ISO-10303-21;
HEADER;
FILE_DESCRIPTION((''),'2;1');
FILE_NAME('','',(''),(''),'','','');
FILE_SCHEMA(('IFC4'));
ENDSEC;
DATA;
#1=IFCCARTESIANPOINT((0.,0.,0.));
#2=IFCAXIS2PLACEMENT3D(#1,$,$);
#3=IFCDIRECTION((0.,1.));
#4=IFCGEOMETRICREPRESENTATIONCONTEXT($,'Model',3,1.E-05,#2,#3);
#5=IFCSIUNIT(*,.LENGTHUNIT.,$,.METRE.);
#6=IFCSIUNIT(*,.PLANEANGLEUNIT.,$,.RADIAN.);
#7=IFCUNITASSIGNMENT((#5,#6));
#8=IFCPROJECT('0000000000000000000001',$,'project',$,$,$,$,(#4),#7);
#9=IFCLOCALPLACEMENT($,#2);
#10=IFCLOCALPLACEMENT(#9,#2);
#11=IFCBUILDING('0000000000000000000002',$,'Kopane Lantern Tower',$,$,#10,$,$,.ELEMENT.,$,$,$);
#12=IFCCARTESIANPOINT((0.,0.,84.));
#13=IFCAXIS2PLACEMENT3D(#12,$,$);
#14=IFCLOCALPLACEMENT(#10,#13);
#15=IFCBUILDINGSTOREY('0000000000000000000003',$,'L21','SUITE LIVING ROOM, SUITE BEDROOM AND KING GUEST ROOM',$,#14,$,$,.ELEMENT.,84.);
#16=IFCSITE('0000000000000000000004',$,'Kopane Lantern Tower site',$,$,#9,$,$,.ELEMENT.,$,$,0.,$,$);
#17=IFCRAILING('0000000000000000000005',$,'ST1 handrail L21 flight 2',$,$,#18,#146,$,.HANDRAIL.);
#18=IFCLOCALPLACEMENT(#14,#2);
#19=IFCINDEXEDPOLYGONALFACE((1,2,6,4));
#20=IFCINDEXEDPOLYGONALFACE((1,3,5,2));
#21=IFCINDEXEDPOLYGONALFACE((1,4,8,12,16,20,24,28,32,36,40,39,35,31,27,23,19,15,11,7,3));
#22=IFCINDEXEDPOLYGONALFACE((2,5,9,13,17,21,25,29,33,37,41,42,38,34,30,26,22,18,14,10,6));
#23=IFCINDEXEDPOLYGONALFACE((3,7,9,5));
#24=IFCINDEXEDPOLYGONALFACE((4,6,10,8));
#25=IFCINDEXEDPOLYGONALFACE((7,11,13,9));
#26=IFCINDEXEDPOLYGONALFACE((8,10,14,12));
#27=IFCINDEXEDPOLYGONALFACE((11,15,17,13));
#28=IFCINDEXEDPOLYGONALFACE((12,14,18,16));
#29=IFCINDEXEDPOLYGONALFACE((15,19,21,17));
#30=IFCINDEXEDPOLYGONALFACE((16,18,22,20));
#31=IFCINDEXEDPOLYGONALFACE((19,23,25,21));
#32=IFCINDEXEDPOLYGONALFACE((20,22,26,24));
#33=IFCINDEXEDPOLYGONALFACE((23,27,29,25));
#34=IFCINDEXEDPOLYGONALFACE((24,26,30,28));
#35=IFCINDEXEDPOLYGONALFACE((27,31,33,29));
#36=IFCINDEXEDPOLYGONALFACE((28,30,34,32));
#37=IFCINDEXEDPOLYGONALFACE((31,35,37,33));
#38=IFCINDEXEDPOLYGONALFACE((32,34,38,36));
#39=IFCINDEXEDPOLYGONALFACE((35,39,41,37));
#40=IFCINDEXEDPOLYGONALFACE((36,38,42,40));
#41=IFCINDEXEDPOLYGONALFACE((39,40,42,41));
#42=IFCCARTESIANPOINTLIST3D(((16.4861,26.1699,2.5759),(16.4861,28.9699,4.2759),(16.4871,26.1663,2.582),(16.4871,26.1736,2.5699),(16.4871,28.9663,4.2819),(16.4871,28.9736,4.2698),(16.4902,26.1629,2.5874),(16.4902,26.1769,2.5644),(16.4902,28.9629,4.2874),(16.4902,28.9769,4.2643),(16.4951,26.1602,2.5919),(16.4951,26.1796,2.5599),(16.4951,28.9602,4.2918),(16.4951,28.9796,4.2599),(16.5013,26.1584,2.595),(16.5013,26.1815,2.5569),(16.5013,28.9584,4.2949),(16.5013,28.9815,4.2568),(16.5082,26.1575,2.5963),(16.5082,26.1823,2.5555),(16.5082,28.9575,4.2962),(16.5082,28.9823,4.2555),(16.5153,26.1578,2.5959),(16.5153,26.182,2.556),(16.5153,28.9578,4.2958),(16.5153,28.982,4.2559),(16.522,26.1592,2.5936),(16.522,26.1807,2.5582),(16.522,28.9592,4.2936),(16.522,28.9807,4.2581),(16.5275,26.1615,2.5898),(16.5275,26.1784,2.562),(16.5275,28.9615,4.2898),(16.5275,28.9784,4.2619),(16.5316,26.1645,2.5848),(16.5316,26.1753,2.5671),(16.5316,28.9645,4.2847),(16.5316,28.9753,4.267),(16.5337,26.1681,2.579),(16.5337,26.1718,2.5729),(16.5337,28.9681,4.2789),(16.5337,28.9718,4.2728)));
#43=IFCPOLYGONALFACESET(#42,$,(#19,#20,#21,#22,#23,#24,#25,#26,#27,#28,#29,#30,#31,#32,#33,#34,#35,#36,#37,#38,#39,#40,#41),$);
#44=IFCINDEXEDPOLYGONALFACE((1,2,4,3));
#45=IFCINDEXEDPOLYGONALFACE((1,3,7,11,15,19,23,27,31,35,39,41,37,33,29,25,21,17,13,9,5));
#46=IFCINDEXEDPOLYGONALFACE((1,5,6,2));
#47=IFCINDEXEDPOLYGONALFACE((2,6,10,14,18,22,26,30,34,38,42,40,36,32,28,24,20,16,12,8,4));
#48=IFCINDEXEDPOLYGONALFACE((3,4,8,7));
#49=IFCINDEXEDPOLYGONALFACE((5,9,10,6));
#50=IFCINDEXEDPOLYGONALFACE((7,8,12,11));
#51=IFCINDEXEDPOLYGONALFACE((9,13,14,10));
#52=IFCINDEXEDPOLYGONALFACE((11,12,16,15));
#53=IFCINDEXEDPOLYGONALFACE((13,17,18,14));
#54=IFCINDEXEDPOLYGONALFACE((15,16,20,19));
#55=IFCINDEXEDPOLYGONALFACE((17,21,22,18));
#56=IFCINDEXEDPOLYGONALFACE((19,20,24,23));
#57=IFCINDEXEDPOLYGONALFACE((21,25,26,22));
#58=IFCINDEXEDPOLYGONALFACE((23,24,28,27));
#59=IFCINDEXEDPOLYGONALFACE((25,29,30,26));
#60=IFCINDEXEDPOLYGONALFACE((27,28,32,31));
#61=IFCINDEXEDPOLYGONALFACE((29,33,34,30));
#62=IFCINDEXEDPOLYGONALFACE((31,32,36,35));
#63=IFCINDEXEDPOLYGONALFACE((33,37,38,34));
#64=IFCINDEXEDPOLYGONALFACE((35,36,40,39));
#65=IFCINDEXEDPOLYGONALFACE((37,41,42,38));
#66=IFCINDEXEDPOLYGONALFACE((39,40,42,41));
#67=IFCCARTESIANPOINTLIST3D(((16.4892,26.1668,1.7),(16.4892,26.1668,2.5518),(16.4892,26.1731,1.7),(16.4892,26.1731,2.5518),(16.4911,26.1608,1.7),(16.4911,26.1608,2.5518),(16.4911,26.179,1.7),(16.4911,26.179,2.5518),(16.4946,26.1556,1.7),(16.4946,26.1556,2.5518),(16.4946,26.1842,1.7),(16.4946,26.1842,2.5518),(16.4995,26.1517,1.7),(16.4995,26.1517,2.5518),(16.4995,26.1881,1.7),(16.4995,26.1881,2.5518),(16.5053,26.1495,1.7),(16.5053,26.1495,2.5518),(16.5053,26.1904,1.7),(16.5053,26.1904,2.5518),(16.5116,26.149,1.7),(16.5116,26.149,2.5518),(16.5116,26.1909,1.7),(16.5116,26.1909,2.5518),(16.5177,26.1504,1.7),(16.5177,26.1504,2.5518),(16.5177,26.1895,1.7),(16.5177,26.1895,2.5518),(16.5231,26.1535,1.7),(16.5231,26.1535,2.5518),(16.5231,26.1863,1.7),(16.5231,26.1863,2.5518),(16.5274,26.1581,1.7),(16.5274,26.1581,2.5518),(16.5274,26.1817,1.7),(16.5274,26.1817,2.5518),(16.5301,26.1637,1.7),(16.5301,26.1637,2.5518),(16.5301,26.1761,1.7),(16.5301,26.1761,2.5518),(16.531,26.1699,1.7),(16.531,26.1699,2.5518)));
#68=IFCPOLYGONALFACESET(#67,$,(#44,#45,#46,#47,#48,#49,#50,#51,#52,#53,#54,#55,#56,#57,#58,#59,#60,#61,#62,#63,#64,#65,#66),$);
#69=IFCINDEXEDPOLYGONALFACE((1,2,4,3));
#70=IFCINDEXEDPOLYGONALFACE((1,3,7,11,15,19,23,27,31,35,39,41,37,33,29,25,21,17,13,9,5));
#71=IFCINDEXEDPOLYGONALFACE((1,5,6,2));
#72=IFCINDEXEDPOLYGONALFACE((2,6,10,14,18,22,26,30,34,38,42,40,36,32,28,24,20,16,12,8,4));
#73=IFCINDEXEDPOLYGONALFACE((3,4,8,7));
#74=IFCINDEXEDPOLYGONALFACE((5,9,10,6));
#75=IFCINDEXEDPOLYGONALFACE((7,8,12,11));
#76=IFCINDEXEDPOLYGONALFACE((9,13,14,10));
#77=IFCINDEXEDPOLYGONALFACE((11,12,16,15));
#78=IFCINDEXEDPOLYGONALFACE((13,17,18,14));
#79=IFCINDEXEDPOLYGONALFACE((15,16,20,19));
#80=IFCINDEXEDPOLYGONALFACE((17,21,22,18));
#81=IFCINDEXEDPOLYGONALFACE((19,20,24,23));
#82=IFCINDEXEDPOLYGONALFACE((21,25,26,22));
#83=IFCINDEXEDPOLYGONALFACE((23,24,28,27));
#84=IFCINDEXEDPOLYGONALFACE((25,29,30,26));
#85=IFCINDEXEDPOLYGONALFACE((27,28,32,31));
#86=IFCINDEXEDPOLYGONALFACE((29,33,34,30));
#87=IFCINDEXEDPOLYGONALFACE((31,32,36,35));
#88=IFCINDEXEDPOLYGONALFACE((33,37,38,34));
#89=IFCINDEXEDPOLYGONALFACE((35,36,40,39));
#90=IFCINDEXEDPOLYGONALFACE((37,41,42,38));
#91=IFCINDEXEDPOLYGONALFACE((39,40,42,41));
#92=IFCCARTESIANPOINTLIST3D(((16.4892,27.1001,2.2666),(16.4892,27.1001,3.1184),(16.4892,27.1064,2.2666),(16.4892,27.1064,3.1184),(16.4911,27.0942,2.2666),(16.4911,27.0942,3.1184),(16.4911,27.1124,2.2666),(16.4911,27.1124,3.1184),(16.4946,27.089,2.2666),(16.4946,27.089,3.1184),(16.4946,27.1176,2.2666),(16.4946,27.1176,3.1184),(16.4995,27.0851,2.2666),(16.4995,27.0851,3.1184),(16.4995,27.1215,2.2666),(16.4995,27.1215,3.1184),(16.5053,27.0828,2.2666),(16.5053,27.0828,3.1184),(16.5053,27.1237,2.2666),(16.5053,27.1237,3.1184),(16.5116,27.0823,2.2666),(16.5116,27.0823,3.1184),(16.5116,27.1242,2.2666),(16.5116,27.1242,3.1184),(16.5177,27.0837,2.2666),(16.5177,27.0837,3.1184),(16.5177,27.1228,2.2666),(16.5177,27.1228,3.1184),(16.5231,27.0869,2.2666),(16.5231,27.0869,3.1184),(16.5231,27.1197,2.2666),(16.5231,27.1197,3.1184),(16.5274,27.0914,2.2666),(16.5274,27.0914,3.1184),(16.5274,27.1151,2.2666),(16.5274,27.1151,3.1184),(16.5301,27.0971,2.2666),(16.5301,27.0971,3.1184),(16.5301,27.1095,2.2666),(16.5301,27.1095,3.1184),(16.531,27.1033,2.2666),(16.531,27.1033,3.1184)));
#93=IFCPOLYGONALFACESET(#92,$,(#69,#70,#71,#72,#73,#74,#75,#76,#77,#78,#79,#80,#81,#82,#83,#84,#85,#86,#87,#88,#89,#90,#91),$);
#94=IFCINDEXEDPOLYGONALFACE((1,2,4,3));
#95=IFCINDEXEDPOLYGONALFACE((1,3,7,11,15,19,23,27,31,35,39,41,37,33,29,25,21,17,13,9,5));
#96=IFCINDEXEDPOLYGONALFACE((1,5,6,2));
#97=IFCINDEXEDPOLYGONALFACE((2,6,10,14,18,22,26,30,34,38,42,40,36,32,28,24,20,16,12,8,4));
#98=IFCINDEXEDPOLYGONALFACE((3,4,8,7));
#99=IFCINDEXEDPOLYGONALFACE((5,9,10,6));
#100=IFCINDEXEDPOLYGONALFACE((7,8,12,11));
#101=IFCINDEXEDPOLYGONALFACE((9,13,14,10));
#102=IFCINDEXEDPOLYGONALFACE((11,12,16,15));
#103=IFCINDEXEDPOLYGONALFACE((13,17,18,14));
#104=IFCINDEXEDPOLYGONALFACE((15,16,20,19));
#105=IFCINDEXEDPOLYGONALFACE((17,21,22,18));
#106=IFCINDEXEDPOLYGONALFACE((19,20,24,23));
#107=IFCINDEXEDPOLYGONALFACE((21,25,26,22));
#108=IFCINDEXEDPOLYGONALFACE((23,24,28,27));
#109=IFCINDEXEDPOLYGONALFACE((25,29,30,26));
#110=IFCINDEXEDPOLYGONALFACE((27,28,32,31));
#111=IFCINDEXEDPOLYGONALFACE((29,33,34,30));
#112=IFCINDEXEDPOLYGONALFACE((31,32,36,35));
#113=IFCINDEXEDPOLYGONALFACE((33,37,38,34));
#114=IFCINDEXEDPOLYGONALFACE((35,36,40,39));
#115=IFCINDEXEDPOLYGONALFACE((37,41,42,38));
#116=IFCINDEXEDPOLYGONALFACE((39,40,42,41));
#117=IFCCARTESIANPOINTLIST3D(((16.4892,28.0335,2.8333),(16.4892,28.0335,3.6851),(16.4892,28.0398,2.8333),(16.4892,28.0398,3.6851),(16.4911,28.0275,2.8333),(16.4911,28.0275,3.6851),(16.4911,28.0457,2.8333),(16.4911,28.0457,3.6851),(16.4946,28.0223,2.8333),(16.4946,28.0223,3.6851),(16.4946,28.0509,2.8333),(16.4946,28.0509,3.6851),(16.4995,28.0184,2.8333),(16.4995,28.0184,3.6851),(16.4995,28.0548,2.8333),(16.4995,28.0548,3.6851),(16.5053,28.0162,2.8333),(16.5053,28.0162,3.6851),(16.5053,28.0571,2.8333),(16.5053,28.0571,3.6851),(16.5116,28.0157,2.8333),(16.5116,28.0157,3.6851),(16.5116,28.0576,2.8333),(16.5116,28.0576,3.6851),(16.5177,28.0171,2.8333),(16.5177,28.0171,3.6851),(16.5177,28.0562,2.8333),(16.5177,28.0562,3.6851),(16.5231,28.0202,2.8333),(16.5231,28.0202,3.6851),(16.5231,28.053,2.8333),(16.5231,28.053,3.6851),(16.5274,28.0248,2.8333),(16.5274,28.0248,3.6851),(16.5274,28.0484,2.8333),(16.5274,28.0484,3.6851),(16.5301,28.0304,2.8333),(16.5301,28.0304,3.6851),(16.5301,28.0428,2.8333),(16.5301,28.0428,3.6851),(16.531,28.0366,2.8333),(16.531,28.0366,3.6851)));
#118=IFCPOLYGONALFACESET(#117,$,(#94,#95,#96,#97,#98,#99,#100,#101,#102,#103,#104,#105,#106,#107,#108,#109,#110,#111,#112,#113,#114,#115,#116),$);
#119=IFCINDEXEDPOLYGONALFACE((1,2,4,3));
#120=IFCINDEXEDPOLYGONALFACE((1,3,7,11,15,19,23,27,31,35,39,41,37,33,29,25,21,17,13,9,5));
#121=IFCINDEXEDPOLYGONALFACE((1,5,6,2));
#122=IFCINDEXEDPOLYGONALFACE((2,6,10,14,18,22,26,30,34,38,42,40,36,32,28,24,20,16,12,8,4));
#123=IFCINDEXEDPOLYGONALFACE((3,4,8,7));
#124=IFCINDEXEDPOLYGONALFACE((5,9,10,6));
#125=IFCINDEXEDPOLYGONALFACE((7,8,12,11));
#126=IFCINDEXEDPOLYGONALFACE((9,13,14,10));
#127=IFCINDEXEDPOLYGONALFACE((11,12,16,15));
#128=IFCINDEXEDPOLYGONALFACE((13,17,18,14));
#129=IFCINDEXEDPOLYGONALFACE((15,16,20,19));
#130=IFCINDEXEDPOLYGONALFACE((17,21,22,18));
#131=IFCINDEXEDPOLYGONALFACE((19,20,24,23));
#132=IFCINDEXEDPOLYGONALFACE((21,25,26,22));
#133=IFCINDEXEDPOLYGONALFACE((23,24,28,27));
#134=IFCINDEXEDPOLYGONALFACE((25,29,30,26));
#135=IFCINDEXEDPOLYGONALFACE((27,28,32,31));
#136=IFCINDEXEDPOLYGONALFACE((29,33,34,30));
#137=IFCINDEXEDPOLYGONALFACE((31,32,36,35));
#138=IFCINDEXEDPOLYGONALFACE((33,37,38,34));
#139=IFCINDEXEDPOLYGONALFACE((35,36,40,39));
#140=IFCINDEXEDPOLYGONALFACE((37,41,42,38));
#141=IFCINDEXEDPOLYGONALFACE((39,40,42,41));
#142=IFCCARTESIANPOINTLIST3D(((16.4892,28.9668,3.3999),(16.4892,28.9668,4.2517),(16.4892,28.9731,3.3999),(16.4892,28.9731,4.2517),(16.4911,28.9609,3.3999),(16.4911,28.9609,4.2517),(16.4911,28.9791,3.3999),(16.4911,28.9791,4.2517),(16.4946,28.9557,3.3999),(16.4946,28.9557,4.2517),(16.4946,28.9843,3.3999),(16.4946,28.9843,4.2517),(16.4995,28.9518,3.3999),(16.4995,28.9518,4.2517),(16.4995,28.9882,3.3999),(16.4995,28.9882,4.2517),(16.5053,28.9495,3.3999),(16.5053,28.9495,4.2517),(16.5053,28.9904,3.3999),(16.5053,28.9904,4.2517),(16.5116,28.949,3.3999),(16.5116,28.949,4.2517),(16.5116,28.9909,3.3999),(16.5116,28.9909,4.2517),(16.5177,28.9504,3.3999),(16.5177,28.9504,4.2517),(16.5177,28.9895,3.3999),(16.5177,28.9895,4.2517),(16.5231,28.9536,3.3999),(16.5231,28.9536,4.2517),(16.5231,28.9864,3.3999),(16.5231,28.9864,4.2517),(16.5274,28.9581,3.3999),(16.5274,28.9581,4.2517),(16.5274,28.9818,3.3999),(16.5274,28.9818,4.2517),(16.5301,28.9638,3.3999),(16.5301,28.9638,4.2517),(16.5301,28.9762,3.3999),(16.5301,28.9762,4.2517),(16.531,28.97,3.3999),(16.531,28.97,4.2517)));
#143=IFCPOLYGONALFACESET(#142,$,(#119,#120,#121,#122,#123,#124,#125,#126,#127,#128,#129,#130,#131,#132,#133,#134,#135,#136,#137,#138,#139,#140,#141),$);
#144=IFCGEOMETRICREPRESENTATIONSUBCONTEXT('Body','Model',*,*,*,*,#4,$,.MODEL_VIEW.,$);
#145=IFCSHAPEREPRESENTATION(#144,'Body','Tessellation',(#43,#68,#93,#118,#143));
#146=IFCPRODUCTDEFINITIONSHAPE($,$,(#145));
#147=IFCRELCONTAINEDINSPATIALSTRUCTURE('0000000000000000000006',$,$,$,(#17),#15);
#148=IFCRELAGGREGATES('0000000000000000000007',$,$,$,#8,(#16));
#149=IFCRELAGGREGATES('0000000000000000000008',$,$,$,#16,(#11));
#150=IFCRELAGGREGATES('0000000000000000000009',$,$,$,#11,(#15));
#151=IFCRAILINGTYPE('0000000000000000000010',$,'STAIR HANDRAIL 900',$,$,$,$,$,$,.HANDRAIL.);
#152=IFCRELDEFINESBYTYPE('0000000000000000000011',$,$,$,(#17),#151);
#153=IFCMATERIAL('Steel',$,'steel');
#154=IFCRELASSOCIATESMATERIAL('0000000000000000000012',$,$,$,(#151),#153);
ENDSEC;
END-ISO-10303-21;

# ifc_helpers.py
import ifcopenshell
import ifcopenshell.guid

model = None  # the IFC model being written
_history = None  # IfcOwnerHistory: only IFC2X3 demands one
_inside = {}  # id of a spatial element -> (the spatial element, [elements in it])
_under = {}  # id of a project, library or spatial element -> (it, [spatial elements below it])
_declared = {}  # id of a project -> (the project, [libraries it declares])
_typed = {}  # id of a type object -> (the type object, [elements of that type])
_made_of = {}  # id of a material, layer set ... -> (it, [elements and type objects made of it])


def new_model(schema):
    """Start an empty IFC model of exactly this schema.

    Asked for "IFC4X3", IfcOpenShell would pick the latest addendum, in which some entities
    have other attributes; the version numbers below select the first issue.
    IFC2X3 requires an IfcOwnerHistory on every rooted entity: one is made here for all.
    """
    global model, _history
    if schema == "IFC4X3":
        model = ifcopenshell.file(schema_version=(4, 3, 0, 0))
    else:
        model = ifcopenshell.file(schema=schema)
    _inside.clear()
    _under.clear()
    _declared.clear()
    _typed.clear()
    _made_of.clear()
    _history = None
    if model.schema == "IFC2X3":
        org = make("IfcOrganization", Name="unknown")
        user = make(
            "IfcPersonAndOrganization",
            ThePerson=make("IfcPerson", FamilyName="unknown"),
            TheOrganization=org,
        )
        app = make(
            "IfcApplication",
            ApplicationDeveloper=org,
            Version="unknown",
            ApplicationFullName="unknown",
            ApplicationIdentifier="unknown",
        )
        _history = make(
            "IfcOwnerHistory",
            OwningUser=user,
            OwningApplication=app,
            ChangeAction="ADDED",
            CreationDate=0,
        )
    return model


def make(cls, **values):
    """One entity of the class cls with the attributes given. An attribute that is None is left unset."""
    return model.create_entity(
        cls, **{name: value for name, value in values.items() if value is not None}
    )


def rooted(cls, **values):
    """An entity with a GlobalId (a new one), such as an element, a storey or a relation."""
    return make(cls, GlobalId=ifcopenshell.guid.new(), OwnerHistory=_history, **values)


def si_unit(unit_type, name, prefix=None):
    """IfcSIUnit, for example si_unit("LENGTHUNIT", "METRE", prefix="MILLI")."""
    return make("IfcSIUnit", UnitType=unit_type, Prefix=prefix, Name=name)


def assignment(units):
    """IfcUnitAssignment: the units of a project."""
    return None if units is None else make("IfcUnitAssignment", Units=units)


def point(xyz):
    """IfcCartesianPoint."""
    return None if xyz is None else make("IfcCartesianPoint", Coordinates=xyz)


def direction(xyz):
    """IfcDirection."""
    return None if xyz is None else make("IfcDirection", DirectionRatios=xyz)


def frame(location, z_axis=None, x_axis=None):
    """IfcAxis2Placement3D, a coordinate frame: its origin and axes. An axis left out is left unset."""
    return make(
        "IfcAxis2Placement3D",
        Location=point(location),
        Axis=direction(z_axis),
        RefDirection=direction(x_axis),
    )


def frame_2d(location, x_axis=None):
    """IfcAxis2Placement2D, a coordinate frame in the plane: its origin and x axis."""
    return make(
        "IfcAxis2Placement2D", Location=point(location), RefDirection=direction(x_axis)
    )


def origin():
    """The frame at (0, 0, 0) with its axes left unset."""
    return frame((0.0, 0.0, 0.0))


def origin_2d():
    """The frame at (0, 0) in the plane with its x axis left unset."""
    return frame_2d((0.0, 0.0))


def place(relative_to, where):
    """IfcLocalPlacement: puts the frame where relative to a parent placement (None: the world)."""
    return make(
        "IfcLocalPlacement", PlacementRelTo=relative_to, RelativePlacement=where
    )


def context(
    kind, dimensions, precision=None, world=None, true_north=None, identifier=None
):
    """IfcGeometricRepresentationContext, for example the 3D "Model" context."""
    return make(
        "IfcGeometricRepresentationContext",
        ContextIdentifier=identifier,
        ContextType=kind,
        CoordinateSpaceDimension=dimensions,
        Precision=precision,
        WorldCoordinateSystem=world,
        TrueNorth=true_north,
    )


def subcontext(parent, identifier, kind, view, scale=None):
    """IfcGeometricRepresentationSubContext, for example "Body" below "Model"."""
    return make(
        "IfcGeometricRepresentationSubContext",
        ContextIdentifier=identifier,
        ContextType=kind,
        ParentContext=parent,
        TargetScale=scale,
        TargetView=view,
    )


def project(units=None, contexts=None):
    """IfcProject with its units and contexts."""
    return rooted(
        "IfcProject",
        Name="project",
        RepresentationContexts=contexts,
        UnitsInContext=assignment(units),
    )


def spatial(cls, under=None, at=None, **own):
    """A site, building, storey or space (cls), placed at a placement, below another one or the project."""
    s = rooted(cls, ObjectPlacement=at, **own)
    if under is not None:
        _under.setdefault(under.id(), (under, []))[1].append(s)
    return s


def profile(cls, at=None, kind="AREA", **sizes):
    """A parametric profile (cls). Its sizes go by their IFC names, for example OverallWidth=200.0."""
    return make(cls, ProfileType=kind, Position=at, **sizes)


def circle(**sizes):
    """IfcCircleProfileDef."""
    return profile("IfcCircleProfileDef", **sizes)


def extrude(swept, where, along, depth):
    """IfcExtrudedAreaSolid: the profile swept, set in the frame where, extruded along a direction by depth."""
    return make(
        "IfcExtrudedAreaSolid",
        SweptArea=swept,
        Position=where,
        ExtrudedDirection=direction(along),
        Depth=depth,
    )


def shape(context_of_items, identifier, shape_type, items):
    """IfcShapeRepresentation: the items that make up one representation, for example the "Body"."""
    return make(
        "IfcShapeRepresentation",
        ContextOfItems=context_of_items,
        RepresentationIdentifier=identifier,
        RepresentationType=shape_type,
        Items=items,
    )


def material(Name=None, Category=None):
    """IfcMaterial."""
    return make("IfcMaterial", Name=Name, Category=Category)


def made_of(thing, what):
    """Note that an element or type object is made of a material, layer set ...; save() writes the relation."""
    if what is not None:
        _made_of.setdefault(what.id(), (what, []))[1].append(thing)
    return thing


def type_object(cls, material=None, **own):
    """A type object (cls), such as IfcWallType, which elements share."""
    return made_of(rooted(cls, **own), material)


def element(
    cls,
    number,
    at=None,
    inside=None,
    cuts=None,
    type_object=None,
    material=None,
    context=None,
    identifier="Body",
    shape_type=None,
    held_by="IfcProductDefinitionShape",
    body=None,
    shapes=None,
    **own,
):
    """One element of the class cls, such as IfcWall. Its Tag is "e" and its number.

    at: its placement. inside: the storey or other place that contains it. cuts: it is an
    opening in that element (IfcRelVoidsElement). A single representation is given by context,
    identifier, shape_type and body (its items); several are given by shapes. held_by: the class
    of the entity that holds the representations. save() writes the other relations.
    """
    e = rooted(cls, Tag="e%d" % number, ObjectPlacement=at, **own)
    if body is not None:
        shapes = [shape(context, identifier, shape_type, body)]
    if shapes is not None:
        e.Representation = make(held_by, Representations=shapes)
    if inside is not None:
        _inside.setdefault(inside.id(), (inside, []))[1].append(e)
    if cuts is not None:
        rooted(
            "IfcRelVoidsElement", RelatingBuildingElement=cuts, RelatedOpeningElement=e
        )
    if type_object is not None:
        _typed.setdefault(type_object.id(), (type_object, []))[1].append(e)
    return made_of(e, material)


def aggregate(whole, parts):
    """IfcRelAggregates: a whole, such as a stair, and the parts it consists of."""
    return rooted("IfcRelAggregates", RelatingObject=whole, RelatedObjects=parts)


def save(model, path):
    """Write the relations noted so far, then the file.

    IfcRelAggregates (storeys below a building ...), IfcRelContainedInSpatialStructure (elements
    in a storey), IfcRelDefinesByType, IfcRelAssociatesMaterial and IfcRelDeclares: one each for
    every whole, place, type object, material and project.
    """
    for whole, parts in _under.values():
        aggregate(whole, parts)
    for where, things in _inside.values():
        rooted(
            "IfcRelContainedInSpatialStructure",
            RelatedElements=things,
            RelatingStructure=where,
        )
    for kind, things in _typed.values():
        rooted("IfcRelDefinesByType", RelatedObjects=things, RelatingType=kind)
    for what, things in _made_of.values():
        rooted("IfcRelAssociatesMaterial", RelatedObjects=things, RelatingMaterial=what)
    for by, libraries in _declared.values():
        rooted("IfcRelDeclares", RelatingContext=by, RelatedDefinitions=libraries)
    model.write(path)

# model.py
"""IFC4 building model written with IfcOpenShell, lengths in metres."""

from ifc_helpers import new_model, si_unit, direction, frame, origin, origin_2d, place, context, subcontext, project, spatial, circle, extrude, material, type_object, element, save


model = new_model("IFC4")

# Units and contexts
model_context = context("Model", 3, precision=1e-05, world=origin(), true_north=direction((0.0, 1.0)))
body_context = subcontext(model_context, "Body", "Model", "MODEL_VIEW")
ifc_project = project(units=[si_unit("LENGTHUNIT", "METRE"), si_unit("PLANEANGLEUNIT", "RADIAN")], contexts=[model_context])

# Site, building, storey
site_placement = place(None, origin())
site = spatial("IfcSite", under=ifc_project, at=site_placement, Name="Kopane Lantern Tower site", CompositionType="ELEMENT", RefElevation=0.0)
building_placement = place(site_placement, origin())
building = spatial("IfcBuilding", under=site, at=building_placement, Name="Kopane Lantern Tower", CompositionType="ELEMENT")
storey_placement = place(building_placement, frame((0.0, 0.0, 84.0)))
storey = spatial("IfcBuildingStorey", under=building, at=storey_placement, Name="L21", Description="SUITE LIVING ROOM, SUITE BEDROOM AND KING GUEST ROOM", CompositionType="ELEMENT", Elevation=84.0)

# Railing
ifc_material_1 = material(Name="Steel", Category="steel")
railing_type_1 = type_object("IfcRailingType", Name="STAIR HANDRAIL 900", PredefinedType="HANDRAIL", material=ifc_material_1)
for number, where, name in (
    (1, (16.51, 26.1699, 1.7), "ST1 handrail L21 flight 2"),
):
    element("IfcRailing", number, at=place(storey_placement, frame(where)), inside=storey, type_object=railing_type_1, Name=name, PredefinedType="HANDRAIL", context=body_context, shape_type="SweptSolid", body=[
        extrude(circle(Radius=0.0239, at=origin_2d()), frame((0.0, 0.0, 0.876), z_axis=(0.0, 0.854798, 0.518961), x_axis=(-1.0, 0.0, 0.0)), (0.0, 0.0, 1.0), 3.2756),
        extrude(circle(Radius=0.021, at=origin_2d()), origin(), (0.0, 0.0, 1.0), 0.8518),
        extrude(circle(Radius=0.021, at=origin_2d()), frame((0.0, 0.9333, 0.5667)), (0.0, 0.0, 1.0), 0.8518),
        extrude(circle(Radius=0.021, at=origin_2d()), frame((0.0, 1.8667, 1.1333)), (0.0, 0.0, 1.0), 0.8518),
        extrude(circle(Radius=0.021, at=origin_2d()), frame((0.0, 2.8, 1.7)), (0.0, 0.0, 1.0), 0.8518),
    ])

save(model, "model.ifc")
